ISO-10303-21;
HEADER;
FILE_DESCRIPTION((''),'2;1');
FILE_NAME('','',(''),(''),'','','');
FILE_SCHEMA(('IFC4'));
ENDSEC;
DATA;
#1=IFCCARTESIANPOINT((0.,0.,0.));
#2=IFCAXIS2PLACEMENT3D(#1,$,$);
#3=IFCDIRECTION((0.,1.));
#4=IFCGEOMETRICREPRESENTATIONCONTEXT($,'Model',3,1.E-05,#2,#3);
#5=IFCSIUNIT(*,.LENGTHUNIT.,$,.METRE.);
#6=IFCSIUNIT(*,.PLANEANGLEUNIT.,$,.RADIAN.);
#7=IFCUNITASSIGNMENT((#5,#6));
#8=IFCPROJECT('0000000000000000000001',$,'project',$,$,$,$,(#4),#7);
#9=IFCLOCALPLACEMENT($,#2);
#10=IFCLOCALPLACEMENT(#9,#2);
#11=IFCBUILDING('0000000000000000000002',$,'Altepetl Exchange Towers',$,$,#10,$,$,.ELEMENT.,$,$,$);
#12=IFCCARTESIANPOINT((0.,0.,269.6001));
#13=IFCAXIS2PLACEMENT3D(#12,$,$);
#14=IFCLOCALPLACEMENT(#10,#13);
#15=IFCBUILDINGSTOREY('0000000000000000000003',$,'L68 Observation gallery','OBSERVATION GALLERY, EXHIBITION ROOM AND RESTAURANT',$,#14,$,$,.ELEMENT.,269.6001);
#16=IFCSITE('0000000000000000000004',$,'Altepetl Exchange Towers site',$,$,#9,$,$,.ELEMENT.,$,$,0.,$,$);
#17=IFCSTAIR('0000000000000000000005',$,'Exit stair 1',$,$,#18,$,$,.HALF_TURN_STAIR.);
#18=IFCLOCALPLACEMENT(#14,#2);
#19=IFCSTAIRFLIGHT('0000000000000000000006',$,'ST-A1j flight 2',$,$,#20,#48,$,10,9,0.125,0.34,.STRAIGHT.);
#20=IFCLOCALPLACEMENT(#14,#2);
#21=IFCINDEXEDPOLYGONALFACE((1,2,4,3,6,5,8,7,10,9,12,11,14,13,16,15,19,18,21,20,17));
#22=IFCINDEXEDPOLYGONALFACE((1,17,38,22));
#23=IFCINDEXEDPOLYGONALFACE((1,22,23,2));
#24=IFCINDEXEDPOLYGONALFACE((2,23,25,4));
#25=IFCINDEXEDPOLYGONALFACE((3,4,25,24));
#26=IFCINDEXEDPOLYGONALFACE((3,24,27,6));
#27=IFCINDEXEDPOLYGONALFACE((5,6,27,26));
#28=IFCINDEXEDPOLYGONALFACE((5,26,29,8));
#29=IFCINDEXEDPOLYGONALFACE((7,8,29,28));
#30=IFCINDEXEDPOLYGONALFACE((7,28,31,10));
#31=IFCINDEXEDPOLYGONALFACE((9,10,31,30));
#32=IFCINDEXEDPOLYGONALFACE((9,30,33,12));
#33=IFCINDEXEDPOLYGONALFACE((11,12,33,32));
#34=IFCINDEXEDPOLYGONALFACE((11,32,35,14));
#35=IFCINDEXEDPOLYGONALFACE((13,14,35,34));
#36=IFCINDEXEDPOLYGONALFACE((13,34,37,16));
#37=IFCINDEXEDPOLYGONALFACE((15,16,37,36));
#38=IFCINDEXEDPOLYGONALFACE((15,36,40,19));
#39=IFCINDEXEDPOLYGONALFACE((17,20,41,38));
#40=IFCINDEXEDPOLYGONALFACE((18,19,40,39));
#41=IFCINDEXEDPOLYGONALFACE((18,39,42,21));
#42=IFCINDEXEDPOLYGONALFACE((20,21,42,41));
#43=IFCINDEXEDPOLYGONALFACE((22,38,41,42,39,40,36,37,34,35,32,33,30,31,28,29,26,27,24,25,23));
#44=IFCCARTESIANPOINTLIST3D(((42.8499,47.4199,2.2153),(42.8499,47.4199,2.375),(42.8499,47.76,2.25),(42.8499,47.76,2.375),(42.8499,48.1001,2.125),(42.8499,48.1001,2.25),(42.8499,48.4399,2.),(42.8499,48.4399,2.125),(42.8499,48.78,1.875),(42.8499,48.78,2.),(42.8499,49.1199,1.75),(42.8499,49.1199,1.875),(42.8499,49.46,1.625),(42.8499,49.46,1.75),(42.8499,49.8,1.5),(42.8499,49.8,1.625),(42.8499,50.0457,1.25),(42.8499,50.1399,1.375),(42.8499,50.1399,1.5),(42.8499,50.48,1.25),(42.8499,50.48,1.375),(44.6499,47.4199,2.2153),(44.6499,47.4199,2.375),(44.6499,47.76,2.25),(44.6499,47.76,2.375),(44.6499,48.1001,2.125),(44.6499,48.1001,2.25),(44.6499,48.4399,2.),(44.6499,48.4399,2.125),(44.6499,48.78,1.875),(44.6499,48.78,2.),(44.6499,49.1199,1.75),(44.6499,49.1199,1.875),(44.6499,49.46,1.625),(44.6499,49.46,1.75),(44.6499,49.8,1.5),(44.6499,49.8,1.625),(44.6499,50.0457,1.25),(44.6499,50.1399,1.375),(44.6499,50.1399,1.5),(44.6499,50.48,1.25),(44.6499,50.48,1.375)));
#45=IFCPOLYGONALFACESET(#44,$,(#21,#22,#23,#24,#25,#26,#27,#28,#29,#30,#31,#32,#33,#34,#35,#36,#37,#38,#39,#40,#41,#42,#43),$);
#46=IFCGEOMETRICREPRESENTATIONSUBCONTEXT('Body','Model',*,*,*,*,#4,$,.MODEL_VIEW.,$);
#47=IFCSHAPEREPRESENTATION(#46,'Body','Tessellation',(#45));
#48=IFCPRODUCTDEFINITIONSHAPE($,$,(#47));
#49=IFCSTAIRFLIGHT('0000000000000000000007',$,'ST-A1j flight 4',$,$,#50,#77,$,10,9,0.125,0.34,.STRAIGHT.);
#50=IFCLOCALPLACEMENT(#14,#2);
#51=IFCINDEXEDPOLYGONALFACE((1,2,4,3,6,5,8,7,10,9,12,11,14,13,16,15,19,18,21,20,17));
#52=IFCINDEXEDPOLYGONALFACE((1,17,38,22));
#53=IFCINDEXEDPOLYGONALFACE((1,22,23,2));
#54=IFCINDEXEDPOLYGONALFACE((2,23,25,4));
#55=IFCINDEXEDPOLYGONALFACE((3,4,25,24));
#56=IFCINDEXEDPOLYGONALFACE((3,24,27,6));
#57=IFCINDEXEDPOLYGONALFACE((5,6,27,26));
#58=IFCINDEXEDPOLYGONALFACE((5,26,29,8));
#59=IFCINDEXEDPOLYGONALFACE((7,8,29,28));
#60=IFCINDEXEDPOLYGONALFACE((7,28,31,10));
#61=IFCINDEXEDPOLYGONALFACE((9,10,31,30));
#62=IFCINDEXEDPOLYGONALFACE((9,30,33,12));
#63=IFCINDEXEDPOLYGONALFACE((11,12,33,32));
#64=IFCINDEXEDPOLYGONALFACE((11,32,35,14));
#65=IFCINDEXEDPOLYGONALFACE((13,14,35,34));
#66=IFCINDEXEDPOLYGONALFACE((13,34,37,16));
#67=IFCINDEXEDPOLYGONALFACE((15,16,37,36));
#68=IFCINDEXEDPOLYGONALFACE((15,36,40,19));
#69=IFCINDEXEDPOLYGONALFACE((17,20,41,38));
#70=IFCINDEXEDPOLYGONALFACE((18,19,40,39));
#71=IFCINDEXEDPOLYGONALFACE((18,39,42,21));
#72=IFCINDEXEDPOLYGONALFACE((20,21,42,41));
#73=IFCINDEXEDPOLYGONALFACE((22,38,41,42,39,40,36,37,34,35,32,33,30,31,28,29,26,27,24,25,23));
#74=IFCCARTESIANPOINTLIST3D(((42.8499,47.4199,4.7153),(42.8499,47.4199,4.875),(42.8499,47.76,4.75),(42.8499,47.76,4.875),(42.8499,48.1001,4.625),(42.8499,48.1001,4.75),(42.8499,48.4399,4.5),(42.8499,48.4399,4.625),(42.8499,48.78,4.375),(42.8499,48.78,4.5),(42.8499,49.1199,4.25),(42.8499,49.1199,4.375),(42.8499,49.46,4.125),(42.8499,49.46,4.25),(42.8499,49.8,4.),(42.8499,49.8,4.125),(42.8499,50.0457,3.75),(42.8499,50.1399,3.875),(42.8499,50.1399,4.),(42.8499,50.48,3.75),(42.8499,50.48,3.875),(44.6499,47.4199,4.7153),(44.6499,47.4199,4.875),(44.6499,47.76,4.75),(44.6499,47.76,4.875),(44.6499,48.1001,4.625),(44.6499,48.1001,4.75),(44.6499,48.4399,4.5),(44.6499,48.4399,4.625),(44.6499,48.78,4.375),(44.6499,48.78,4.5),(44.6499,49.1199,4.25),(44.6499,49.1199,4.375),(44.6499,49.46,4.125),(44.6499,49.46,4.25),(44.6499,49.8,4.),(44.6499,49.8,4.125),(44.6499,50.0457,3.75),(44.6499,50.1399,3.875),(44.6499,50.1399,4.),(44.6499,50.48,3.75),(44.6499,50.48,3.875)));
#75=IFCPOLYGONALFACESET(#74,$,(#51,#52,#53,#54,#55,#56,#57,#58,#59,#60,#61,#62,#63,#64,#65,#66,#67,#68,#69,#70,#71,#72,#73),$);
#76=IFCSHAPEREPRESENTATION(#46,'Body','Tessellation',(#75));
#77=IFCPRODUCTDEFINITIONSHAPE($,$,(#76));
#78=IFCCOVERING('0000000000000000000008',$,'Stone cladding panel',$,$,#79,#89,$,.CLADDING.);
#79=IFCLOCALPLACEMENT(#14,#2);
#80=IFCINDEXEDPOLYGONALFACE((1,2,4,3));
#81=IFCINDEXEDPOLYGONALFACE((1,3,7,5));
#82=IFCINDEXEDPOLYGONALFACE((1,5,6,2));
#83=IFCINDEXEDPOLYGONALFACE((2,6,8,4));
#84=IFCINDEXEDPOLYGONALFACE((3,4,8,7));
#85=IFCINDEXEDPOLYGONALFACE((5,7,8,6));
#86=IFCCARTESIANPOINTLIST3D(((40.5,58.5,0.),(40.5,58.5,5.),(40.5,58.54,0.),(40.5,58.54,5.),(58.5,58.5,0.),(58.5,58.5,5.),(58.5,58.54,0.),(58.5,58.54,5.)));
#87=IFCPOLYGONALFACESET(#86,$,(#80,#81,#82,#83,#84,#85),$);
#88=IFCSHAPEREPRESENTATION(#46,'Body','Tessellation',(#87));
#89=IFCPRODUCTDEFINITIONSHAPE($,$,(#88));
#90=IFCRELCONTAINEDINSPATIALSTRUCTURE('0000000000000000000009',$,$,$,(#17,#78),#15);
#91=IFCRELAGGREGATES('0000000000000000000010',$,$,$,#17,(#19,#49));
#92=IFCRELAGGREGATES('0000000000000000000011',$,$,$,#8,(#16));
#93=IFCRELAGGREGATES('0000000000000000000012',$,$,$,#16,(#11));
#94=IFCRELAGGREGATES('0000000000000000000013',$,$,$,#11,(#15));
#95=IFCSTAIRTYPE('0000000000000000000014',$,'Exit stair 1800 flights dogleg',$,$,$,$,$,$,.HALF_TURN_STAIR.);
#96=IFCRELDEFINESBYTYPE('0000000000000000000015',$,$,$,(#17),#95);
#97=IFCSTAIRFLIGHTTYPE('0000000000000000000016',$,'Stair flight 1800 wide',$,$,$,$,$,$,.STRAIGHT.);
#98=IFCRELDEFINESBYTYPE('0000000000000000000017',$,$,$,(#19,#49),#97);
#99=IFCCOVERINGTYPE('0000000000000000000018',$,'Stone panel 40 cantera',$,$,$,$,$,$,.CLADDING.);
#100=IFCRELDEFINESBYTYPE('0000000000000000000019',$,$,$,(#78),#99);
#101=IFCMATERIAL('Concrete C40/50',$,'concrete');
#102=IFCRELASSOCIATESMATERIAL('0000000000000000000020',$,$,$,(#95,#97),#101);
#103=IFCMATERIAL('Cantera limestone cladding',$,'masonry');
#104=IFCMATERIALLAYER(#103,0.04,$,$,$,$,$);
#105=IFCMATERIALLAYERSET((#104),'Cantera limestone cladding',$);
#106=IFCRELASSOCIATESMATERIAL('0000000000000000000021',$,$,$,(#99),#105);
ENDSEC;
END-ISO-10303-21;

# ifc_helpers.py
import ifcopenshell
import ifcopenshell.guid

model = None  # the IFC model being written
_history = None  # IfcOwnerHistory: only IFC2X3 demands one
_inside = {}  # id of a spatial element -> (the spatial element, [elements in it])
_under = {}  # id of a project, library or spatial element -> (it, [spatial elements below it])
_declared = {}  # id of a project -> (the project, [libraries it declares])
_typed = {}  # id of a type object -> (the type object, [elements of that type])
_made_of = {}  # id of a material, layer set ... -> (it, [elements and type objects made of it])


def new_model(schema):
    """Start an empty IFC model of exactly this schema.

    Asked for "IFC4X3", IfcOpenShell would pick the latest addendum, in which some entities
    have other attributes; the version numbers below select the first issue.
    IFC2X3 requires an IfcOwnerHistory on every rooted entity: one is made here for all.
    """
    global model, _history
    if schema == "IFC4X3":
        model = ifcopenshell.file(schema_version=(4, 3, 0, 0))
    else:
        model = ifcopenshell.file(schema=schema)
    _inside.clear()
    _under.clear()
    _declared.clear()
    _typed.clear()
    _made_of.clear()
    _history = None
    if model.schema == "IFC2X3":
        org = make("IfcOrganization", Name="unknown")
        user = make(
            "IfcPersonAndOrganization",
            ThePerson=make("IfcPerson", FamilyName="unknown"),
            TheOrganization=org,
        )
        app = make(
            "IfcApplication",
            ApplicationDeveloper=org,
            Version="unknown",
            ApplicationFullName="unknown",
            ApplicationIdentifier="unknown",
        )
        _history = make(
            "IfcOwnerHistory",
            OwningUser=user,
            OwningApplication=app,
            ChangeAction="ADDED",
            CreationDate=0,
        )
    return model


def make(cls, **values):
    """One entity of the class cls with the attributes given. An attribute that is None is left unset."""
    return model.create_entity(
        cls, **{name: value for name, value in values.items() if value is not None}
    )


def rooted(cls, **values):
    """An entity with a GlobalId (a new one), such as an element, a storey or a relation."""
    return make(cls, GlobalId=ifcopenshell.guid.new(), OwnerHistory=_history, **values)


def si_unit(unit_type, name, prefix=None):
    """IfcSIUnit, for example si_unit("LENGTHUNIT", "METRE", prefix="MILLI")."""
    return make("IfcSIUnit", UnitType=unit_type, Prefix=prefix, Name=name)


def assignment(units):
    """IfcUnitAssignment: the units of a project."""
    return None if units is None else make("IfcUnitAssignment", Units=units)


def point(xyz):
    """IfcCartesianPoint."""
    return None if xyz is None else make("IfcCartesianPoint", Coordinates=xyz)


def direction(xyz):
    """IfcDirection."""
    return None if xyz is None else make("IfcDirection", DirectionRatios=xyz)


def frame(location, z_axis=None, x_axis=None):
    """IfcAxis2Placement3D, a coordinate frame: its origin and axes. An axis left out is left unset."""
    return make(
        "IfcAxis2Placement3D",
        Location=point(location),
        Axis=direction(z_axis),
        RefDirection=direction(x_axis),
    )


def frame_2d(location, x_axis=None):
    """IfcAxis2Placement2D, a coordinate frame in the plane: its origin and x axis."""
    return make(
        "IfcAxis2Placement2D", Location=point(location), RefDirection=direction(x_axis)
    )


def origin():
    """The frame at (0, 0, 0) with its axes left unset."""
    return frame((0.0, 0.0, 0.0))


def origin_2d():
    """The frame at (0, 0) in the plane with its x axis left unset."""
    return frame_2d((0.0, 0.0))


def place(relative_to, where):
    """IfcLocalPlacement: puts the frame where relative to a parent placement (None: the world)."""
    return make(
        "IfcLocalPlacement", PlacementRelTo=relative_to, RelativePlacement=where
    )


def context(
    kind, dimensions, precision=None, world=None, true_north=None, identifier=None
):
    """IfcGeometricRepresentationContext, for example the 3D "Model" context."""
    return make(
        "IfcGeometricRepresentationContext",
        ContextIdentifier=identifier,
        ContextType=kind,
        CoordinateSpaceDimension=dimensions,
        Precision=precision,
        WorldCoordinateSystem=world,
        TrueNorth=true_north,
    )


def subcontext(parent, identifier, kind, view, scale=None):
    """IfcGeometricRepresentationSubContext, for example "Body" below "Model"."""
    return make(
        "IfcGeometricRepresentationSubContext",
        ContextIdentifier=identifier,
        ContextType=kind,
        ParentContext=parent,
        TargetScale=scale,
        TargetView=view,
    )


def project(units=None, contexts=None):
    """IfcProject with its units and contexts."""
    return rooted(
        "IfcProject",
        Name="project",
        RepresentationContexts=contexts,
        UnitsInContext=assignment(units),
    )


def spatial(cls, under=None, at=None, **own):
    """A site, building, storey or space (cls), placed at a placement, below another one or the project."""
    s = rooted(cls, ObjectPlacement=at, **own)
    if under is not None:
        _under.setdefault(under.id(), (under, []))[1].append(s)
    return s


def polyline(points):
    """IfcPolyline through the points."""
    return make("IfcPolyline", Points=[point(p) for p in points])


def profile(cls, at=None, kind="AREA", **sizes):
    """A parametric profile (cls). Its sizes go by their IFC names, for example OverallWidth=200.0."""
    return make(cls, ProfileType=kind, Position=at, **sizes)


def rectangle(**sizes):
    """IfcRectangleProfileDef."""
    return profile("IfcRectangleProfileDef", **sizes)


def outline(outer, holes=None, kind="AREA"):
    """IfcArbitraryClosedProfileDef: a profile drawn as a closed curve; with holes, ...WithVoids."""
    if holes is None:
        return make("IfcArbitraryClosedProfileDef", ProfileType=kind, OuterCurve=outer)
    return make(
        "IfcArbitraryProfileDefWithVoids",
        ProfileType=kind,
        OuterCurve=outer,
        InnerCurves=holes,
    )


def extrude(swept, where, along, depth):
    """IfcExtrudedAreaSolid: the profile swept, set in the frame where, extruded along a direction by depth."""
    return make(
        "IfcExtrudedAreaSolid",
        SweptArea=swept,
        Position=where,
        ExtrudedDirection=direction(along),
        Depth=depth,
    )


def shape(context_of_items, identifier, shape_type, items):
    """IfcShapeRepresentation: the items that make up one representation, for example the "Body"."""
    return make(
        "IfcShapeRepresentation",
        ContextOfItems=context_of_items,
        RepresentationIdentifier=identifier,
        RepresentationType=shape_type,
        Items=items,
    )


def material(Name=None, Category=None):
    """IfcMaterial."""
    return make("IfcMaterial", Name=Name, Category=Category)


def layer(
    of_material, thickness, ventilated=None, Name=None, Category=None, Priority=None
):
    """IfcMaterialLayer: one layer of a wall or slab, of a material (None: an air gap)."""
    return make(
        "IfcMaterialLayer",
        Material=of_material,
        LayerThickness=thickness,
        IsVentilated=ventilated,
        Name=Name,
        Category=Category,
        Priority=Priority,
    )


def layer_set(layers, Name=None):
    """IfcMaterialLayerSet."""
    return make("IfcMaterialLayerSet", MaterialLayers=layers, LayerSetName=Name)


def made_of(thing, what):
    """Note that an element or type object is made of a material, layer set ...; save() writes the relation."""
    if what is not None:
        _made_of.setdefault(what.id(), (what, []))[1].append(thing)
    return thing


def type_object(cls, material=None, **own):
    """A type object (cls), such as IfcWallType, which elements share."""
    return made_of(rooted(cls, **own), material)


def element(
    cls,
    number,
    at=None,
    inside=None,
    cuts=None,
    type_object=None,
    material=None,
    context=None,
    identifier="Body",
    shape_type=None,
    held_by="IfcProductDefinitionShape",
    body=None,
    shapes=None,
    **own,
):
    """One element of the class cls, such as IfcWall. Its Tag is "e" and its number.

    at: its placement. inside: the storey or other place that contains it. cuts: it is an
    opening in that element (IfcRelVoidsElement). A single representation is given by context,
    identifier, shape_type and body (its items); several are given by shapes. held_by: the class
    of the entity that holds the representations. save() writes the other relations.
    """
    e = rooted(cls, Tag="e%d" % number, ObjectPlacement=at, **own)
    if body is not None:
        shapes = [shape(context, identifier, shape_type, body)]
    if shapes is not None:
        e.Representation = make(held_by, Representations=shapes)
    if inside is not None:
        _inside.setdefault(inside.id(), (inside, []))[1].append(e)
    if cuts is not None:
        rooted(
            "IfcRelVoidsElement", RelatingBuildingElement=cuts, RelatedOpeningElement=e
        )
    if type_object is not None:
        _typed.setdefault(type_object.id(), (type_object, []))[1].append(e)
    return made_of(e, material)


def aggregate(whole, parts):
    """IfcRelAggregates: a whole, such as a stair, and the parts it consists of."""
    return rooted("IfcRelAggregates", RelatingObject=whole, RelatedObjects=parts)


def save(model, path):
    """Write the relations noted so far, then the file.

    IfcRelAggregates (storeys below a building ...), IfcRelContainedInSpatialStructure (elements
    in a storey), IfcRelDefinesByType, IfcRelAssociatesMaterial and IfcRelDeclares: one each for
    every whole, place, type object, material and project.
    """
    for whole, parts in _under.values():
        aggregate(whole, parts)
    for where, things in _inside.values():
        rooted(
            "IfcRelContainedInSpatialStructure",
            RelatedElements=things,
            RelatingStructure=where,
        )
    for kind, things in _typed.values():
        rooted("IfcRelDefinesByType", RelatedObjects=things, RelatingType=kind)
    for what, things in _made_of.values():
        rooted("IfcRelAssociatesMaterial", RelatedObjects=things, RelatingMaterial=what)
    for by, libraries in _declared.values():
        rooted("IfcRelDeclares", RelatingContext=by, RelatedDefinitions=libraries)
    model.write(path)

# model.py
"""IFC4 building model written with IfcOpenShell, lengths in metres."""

from ifc_helpers import new_model, si_unit, direction, frame, origin, origin_2d, place, context, subcontext, project, spatial, polyline, rectangle, outline, extrude, material, layer, layer_set, type_object, element, aggregate, save


model = new_model("IFC4")

# Units and contexts
model_context = context("Model", 3, precision=1e-05, world=origin(), true_north=direction((0.0, 1.0)))
body_context = subcontext(model_context, "Body", "Model", "MODEL_VIEW")
ifc_project = project(units=[si_unit("LENGTHUNIT", "METRE"), si_unit("PLANEANGLEUNIT", "RADIAN")], contexts=[model_context])

# Site, building, storey
site_placement = place(None, origin())
site = spatial("IfcSite", under=ifc_project, at=site_placement, Name="Altepetl Exchange Towers site", CompositionType="ELEMENT", RefElevation=0.0)
building_placement = place(site_placement, origin())
building = spatial("IfcBuilding", under=site, at=building_placement, Name="Altepetl Exchange Towers", CompositionType="ELEMENT")
storey_placement = place(building_placement, frame((0.0, 0.0, 269.6001)))
storey = spatial("IfcBuildingStorey", under=building, at=storey_placement, Name="L68 Observation gallery", Description="OBSERVATION GALLERY, EXHIBITION ROOM AND RESTAURANT", CompositionType="ELEMENT", Elevation=269.6001)

# Shared definitions
ifc_material_1 = material(Name="Concrete C40/50", Category="concrete")

# Stair, stair flights
stair_type = type_object("IfcStairType", Name="Exit stair 1800 flights dogleg", PredefinedType="HALF_TURN_STAIR", material=ifc_material_1)
stair_placement = place(storey_placement, origin())
stair = element("IfcStair", 1, at=stair_placement, inside=storey, type_object=stair_type, Name="Exit stair 1", PredefinedType="HALF_TURN_STAIR")
stair_flight_type = type_object("IfcStairFlightType", Name="Stair flight 1800 wide", PredefinedType="STRAIGHT", material=ifc_material_1)
stair_flight_1_placement = place(storey_placement, frame((43.75, 50.48, 1.25), z_axis=(0.0, 0.0, 1.0), x_axis=(0.0, -1.0, 0.0)))
stair_flight_1 = element("IfcStairFlight", 2, at=stair_flight_1_placement, type_object=stair_flight_type, Name="ST-A1j flight 2", NumberOfRisers=10, NumberOfTreads=9, PredefinedType="STRAIGHT", RiserHeight=0.125, TreadLength=0.34, context=body_context, shape_type="SweptSolid", body=[
    extrude(outline(polyline([(0.0, 0.0), (0.0, 0.125), (0.3401, 0.125), (0.3401, 0.25), (0.6799, 0.25), (0.6799, 0.375), (1.02, 0.375), (1.02, 0.5), (1.3601, 0.5), (1.3601, 0.625), (1.7, 0.625), (1.7, 0.75), (2.04, 0.75), (2.04, 0.875), (2.3799, 0.875), (2.3799, 1.0), (2.72, 1.0), (2.72, 1.125), (3.0601, 1.125), (3.0601, 1.25), (3.0601, 0.9653), (0.4343, 0.0), (0.0, 0.0)])), frame((0.0, 0.8999, 0.0), z_axis=(0.0, -1.0, 0.0), x_axis=(1.0, 0.0, 0.0)), (0.0, 0.0, 1.0), 1.8),
])
stair_flight_2_placement = place(storey_placement, frame((43.75, 50.48, 3.75), z_axis=(0.0, 0.0, 1.0), x_axis=(0.0, -1.0, 0.0)))
stair_flight_2 = element("IfcStairFlight", 3, at=stair_flight_2_placement, type_object=stair_flight_type, Name="ST-A1j flight 4", NumberOfRisers=10, NumberOfTreads=9, PredefinedType="STRAIGHT", RiserHeight=0.125, TreadLength=0.34, context=body_context, shape_type="SweptSolid", body=[
    extrude(outline(polyline([(0.0, 0.0), (0.0, 0.125), (0.3401, 0.125), (0.3401, 0.25), (0.6799, 0.25), (0.6799, 0.375), (1.02, 0.375), (1.02, 0.5), (1.3601, 0.5), (1.3601, 0.625), (1.7, 0.625), (1.7, 0.75), (2.04, 0.75), (2.04, 0.875), (2.3799, 0.875), (2.3799, 1.0), (2.72, 1.0), (2.72, 1.125), (3.0601, 1.125), (3.0601, 1.25), (3.0601, 0.9653), (0.4343, 0.0), (0.0, 0.0)])), frame((0.0, 0.8999, 0.0), z_axis=(0.0, -1.0, 0.0), x_axis=(1.0, 0.0, 0.0)), (0.0, 0.0, 1.0), 1.8),
])
aggregate(stair, [stair_flight_1, stair_flight_2])

# Covering
ifc_material_2 = material(Name="Cantera limestone cladding", Category="masonry")
ifc_layer_1 = layer(ifc_material_2, 0.04)
ifc_layer_set_1 = layer_set([ifc_layer_1], Name="Cantera limestone cladding")
covering_type = type_object("IfcCoveringType", Name="Stone panel 40 cantera", PredefinedType="CLADDING", material=ifc_layer_set_1)
covering_placement = place(storey_placement, frame((49.5, 58.52, 0.0), z_axis=(0.0, 0.0, 1.0), x_axis=(-1.0, 0.0, 0.0)))
element("IfcCovering", 4, at=covering_placement, inside=storey, type_object=covering_type, Name="Stone cladding panel", PredefinedType="CLADDING", context=body_context, shape_type="SweptSolid", body=[
    extrude(rectangle(XDim=18.0, YDim=0.04, at=origin_2d()), origin(), (0.0, 0.0, 1.0), 5.0),
])

save(model, "model.ifc")
